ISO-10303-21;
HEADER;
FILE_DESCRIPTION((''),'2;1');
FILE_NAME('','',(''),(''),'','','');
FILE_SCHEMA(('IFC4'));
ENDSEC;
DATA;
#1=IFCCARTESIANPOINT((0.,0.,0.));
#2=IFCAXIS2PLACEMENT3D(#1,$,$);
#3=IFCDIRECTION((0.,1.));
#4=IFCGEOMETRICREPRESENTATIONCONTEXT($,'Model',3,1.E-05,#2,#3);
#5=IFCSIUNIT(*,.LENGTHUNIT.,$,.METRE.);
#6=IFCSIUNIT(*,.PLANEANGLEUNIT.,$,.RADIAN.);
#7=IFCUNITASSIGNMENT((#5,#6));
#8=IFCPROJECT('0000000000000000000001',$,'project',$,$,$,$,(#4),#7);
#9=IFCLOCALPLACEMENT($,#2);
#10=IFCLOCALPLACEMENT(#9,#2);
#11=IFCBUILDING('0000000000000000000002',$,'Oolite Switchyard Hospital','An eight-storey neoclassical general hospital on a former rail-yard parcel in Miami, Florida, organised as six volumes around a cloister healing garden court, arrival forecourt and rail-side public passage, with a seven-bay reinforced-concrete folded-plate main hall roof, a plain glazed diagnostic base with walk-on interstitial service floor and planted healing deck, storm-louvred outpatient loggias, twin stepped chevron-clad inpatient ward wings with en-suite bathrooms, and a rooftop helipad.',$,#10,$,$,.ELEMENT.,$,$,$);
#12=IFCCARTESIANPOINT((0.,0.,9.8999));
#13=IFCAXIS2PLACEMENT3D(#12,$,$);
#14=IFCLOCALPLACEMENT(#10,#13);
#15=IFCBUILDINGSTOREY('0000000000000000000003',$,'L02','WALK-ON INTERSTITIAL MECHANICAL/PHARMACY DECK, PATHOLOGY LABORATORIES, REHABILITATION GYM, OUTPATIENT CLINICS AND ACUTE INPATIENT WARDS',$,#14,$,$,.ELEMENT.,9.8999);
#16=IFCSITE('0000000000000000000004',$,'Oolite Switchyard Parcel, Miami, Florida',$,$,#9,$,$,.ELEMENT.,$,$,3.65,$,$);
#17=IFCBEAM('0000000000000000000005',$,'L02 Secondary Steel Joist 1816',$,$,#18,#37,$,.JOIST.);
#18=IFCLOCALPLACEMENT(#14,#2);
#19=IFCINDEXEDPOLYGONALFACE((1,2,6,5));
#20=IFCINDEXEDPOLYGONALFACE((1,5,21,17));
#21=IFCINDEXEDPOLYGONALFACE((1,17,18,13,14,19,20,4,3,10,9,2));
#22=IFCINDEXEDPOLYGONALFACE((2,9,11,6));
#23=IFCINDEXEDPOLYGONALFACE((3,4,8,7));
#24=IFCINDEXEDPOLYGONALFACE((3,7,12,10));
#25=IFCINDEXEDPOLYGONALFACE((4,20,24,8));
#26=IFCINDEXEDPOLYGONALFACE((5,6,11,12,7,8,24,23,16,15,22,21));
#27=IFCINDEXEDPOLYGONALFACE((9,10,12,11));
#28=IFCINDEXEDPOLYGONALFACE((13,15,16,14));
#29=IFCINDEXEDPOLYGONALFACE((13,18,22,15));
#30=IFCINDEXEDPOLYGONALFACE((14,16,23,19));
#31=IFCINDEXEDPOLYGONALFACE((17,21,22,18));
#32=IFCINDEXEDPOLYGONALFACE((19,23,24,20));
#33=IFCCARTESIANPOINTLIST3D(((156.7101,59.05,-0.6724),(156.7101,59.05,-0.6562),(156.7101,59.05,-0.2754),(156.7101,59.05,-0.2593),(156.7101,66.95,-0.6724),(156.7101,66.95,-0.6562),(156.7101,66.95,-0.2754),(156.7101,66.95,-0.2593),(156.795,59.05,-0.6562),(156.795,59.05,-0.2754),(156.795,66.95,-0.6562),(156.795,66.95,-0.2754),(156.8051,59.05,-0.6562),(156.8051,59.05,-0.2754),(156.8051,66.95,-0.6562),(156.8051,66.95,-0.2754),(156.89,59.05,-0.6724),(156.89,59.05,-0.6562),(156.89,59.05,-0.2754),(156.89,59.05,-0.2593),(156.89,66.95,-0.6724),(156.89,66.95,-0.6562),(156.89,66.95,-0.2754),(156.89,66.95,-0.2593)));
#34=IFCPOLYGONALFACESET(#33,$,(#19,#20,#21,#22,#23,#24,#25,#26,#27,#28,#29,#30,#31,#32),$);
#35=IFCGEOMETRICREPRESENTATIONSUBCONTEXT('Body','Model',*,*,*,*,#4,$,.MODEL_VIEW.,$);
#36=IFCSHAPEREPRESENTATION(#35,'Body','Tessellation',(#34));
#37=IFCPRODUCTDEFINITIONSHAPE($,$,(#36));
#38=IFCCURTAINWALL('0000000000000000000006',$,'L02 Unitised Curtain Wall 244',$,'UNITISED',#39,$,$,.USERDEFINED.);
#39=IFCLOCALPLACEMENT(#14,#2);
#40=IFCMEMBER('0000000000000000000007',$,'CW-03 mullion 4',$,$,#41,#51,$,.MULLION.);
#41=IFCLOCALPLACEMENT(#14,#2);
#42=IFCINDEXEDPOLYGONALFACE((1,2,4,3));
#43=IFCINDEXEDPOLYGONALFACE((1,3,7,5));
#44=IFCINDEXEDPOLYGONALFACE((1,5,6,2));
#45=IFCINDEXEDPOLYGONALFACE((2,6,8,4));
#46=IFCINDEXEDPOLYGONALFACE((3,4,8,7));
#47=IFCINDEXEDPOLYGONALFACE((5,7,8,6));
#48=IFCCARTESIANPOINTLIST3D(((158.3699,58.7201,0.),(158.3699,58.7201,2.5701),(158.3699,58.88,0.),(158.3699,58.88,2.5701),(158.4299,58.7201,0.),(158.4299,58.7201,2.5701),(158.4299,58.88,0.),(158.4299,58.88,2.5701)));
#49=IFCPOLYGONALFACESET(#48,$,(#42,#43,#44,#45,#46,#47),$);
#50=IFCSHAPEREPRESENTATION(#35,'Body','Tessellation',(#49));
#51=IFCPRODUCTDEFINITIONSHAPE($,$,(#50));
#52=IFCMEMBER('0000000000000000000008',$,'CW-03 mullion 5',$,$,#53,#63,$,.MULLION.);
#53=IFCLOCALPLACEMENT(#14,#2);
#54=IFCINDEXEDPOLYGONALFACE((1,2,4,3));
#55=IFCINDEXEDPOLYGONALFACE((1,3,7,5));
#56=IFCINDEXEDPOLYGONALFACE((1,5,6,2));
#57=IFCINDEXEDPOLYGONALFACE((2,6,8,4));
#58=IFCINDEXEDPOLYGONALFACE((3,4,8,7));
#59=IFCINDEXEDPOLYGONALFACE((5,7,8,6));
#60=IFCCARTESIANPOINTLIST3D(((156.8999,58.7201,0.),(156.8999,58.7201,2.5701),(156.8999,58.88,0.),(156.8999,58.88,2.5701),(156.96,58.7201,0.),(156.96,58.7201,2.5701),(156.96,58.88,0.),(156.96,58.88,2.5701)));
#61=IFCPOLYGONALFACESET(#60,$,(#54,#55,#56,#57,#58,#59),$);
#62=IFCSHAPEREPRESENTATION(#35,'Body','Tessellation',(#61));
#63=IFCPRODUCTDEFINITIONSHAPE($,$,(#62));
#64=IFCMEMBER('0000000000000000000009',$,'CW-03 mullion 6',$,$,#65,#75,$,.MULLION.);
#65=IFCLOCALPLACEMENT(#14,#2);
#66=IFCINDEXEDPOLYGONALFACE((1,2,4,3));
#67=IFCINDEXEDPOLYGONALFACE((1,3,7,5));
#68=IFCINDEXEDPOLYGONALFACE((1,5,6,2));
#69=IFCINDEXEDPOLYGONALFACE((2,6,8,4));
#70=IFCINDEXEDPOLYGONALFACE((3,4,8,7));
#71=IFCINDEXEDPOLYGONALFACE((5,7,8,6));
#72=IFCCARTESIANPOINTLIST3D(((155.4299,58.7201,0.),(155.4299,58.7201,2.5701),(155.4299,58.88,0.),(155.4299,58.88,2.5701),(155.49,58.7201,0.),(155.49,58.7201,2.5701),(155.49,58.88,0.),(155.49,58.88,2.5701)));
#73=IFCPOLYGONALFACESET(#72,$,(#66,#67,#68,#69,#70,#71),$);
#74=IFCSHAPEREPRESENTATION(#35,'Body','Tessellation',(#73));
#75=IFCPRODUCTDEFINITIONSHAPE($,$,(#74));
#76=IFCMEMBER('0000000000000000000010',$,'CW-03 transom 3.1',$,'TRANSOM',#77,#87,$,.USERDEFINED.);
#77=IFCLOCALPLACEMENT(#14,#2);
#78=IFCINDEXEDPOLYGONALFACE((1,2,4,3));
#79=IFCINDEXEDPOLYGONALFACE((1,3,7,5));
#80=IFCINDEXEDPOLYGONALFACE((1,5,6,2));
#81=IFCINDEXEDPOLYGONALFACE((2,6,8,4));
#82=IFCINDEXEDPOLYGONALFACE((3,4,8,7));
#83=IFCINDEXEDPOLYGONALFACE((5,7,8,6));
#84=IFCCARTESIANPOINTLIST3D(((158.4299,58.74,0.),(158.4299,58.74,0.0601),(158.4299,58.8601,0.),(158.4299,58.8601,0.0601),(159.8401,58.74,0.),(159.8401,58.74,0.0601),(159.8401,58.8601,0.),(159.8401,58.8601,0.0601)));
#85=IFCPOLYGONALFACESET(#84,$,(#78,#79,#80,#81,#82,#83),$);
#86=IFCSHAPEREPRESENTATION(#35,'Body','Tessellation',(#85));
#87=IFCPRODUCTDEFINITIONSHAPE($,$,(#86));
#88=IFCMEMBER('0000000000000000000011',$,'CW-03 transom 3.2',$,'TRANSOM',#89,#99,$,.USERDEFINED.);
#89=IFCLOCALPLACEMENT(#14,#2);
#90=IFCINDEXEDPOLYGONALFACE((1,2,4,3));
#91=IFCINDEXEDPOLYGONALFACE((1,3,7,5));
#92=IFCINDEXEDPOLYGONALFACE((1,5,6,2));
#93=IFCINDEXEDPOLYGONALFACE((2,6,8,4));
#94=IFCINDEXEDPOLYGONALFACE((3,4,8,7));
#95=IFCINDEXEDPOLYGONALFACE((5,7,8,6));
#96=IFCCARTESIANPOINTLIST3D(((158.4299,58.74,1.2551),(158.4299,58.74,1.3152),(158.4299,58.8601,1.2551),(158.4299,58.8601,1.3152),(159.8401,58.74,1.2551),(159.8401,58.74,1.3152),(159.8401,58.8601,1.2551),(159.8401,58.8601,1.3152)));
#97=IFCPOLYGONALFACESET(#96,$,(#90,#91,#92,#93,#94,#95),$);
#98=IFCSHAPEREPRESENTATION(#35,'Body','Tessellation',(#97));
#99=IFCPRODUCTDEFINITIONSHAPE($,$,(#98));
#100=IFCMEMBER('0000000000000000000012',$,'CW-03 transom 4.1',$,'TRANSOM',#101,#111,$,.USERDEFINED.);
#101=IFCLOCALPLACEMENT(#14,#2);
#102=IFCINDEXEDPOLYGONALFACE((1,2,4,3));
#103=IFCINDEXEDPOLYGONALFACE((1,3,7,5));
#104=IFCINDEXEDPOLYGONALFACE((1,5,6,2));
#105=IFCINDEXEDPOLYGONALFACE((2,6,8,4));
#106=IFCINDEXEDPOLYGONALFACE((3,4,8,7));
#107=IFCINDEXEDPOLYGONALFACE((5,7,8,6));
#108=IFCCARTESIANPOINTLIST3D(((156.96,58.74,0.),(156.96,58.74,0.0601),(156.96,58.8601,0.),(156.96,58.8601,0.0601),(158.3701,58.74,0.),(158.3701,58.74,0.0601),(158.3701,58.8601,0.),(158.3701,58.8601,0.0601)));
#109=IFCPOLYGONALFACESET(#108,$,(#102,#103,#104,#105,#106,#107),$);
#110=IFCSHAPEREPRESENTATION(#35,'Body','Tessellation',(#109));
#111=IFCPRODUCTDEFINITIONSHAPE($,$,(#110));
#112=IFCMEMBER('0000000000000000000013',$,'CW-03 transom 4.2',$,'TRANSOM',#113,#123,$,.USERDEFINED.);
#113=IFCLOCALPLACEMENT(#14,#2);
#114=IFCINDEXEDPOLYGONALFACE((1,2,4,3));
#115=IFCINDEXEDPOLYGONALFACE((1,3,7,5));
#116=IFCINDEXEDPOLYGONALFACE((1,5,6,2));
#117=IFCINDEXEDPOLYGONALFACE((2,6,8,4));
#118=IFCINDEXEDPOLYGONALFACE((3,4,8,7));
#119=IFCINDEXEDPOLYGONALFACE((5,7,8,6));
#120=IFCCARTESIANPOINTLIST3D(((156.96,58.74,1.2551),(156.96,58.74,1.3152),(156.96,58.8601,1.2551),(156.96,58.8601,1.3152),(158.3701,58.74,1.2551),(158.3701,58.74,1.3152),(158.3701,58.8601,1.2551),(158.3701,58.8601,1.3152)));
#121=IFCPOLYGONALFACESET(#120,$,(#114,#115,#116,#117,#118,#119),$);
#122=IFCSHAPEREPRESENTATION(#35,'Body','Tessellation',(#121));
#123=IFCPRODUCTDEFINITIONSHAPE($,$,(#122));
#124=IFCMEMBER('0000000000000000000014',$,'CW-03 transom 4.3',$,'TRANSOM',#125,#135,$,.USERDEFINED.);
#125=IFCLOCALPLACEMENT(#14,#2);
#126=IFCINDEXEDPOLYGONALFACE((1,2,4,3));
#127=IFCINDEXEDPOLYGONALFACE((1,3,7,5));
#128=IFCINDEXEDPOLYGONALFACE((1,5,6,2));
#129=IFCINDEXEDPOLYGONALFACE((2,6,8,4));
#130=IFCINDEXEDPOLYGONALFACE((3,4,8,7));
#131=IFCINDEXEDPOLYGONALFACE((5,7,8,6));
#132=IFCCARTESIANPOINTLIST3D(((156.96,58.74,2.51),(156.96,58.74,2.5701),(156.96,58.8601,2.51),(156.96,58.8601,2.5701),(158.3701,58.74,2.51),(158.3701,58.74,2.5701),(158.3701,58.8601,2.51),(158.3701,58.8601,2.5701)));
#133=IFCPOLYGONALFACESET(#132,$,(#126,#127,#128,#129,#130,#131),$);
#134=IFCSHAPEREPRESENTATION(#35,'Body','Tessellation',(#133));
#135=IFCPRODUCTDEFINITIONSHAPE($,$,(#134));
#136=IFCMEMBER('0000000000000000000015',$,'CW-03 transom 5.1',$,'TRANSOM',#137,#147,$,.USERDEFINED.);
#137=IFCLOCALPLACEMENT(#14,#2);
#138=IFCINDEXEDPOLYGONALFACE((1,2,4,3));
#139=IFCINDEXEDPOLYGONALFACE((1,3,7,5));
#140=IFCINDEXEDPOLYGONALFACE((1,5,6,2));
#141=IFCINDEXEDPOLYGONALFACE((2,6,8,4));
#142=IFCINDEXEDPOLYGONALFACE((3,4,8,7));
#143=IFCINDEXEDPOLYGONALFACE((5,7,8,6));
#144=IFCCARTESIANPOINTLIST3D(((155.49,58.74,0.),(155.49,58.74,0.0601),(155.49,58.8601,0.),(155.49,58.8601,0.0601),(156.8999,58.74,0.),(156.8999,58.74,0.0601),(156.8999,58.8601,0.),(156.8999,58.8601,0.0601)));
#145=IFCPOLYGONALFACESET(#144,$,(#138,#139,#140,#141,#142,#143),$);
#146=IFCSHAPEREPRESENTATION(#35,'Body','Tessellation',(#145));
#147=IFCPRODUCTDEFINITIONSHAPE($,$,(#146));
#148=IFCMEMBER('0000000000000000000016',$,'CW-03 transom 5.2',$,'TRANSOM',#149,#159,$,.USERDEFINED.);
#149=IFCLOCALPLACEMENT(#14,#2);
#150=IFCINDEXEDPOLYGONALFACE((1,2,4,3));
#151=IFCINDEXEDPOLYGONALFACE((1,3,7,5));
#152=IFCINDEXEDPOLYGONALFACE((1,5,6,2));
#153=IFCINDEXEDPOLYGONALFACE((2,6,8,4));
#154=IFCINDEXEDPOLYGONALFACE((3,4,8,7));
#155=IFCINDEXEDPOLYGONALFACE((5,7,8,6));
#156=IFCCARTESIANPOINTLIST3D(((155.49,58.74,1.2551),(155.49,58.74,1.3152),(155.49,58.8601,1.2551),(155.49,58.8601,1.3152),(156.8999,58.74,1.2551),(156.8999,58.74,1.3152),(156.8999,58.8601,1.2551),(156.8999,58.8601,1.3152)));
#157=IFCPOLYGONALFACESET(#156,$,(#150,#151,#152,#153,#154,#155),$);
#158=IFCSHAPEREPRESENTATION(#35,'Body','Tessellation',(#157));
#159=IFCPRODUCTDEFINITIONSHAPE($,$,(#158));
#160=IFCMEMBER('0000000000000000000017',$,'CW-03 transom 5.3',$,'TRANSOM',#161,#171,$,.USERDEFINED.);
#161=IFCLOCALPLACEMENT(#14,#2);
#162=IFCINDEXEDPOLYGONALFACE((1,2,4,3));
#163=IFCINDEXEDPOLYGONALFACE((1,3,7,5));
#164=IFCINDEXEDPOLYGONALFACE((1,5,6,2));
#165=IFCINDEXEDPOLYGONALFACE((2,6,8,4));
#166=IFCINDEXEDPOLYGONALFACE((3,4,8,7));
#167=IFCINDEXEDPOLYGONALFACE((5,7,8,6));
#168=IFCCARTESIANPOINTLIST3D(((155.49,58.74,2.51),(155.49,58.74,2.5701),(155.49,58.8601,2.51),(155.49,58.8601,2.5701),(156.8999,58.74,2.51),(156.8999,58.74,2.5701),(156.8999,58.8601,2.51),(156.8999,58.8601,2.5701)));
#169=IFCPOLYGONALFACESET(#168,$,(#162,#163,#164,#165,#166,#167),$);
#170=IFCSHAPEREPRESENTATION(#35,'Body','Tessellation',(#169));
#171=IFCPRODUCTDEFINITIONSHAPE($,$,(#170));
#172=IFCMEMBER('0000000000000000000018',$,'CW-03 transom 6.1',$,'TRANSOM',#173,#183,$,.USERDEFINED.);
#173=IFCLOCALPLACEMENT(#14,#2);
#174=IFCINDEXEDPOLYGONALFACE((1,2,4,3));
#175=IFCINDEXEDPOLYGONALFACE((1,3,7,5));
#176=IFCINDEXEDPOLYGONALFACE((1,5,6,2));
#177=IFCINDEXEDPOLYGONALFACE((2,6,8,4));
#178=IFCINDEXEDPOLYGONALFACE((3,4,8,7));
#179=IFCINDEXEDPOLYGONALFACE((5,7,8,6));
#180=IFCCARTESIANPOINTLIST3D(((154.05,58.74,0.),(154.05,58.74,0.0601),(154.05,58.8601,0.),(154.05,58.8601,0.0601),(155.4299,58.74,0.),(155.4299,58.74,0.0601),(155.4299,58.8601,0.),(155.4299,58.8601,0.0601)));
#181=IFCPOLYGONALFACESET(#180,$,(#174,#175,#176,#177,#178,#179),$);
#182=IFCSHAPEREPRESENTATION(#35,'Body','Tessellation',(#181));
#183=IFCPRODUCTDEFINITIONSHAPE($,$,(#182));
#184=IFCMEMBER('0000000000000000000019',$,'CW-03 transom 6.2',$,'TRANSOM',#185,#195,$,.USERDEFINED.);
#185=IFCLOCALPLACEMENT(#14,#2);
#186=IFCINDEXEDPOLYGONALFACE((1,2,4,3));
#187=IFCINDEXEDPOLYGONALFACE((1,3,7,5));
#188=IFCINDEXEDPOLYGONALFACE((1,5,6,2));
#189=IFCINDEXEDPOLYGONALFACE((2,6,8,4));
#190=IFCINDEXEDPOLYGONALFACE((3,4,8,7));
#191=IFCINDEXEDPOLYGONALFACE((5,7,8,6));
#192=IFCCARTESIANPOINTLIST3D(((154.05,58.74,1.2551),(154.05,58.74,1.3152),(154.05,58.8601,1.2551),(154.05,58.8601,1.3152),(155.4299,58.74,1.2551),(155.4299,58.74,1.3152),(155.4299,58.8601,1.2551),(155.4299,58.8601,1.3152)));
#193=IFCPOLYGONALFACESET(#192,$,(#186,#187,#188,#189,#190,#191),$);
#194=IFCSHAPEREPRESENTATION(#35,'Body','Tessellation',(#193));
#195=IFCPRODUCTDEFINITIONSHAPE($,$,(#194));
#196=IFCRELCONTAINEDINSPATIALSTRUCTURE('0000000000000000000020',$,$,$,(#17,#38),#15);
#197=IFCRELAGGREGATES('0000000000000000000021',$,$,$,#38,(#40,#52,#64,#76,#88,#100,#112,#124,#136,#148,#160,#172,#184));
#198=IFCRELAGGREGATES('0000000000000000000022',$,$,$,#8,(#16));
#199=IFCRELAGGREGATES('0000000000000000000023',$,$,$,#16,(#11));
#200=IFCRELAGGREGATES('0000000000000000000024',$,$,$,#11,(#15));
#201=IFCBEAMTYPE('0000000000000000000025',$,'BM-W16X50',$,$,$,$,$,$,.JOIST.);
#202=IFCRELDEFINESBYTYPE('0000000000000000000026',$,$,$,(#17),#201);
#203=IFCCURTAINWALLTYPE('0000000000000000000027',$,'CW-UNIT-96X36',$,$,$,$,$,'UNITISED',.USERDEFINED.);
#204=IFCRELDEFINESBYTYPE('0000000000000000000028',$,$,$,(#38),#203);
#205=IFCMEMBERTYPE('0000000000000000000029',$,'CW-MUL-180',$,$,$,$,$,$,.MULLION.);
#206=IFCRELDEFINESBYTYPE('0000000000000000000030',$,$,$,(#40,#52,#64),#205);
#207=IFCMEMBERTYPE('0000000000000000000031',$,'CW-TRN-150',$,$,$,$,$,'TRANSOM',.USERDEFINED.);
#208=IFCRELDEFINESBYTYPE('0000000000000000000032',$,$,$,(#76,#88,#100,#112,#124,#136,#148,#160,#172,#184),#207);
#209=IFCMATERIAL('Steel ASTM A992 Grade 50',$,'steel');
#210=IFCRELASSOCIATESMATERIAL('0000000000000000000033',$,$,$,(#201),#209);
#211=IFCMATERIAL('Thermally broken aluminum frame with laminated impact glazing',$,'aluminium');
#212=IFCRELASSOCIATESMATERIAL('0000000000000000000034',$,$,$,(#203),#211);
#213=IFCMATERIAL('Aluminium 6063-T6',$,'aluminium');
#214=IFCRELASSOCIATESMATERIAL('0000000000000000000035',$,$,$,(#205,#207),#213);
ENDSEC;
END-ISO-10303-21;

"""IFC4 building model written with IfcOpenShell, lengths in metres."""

from ifc_helpers import new_model, si_unit, direction, frame, origin, origin_2d, place, context, subcontext, project, spatial, rectangle, i_section, extrude, material, material_profile, profile_set, type_object, element, aggregate, save


model = new_model("IFC4")

# Units and contexts
model_context = context("Model", 3, precision=1e-05, world=origin(), true_north=direction((0.0, 1.0)))
body_context = subcontext(model_context, "Body", "Model", "MODEL_VIEW")
ifc_project = project(units=[si_unit("LENGTHUNIT", "METRE"), si_unit("PLANEANGLEUNIT", "RADIAN")], contexts=[model_context])

# Site, building, storey
site_placement = place(None, origin())
site = spatial("IfcSite", under=ifc_project, at=site_placement, Name="Oolite Switchyard Parcel, Miami, Florida", CompositionType="ELEMENT", RefElevation=3.65)
building_placement = place(site_placement, origin())
building = spatial("IfcBuilding", under=site, at=building_placement, Name="Oolite Switchyard Hospital", Description="An eight-storey neoclassical general hospital on a former rail-yard parcel in Miami, Florida, organised as six volumes around a cloister healing garden court, arrival forecourt and rail-side public passage, with a seven-bay reinforced-concrete folded-plate main hall roof, a plain glazed diagnostic base with walk-on interstitial service floor and planted healing deck, storm-louvred outpatient loggias, twin stepped chevron-clad inpatient ward wings with en-suite bathrooms, and a rooftop helipad.", CompositionType="ELEMENT")
storey_placement = place(building_placement, frame((0.0, 0.0, 9.8999)))
storey = spatial("IfcBuildingStorey", under=building, at=storey_placement, Name="L02", Description="WALK-ON INTERSTITIAL MECHANICAL/PHARMACY DECK, PATHOLOGY LABORATORIES, REHABILITATION GYM, OUTPATIENT CLINICS AND ACUTE INPATIENT WARDS", CompositionType="ELEMENT", Elevation=9.8999)

# Beam
ifc_material_1 = material(Name="Steel ASTM A992 Grade 50", Category="steel")
ifc_material_profile_1 = material_profile(ifc_material_1, i_section(OverallWidth=0.1799, OverallDepth=0.4131, WebThickness=0.01, FlangeThickness=0.0161, at=origin_2d()), Name="W16X50")
ifc_profile_set_1 = profile_set([ifc_material_profile_1], Name="Steel ASTM A992 Grade 50")
beam_type = type_object("IfcBeamType", Name="BM-W16X50", PredefinedType="JOIST", material=ifc_profile_set_1)
beam_placement = place(storey_placement, frame((156.8, 59.05, -0.4658), z_axis=(0.0, 1.0, 0.0), x_axis=(-1.0, 0.0, 0.0)))
element("IfcBeam", 1, at=beam_placement, inside=storey, type_object=beam_type, Name="L02 Secondary Steel Joist 1816", PredefinedType="JOIST", context=body_context, shape_type="SweptSolid", body=[
    extrude(i_section(OverallWidth=0.1799, OverallDepth=0.4131, WebThickness=0.01, FlangeThickness=0.0161, at=origin_2d()), origin(), (0.0, 0.0, 1.0), 7.8999),
])

# Curtain wall, members
ifc_material_2 = material(Name="Thermally broken aluminum frame with laminated impact glazing", Category="aluminium")
curtain_wall_type = type_object("IfcCurtainWallType", Name="CW-UNIT-96X36", ElementType="UNITISED", PredefinedType="USERDEFINED", material=ifc_material_2)
curtain_wall_placement = place(storey_placement, origin())
curtain_wall = element("IfcCurtainWall", 2, at=curtain_wall_placement, inside=storey, type_object=curtain_wall_type, Name="L02 Unitised Curtain Wall 244", ObjectType="UNITISED", PredefinedType="USERDEFINED")
ifc_material_3 = material(Name="Aluminium 6063-T6", Category="aluminium")
ifc_material_profile_2 = material_profile(ifc_material_3, rectangle(XDim=0.1599, YDim=0.0601, at=origin_2d()), Name="CWM60X160")
ifc_profile_set_2 = profile_set([ifc_material_profile_2], Name="Aluminium 6063-T6")
member_type_1 = type_object("IfcMemberType", Name="CW-MUL-180", PredefinedType="MULLION", material=ifc_profile_set_2)
member_1_placement = place(storey_placement, frame((158.3999, 58.8, 0.0), z_axis=(0.0, 0.0, 1.0), x_axis=(0.0, -1.0, 0.0)))
member_1 = element("IfcMember", 3, at=member_1_placement, type_object=member_type_1, Name="CW-03 mullion 4", PredefinedType="MULLION", context=body_context, shape_type="SweptSolid", body=[
    extrude(rectangle(XDim=0.1599, YDim=0.0601, at=origin_2d()), origin(), (0.0, 0.0, 1.0), 2.5701),
])
member_2_placement = place(storey_placement, frame((156.9299, 58.8, 0.0), z_axis=(0.0, 0.0, 1.0), x_axis=(0.0, -1.0, 0.0)))
member_2 = element("IfcMember", 4, at=member_2_placement, type_object=member_type_1, Name="CW-03 mullion 5", PredefinedType="MULLION", context=body_context, shape_type="SweptSolid", body=[
    extrude(rectangle(XDim=0.1599, YDim=0.0601, at=origin_2d()), origin(), (0.0, 0.0, 1.0), 2.5701),
])
member_3_placement = place(storey_placement, frame((155.46, 58.8, 0.0), z_axis=(0.0, 0.0, 1.0), x_axis=(0.0, -1.0, 0.0)))
member_3 = element("IfcMember", 5, at=member_3_placement, type_object=member_type_1, Name="CW-03 mullion 6", PredefinedType="MULLION", context=body_context, shape_type="SweptSolid", body=[
    extrude(rectangle(XDim=0.1599, YDim=0.0601, at=origin_2d()), origin(), (0.0, 0.0, 1.0), 2.5701),
])
ifc_material_profile_3 = material_profile(ifc_material_3, rectangle(XDim=0.1201, YDim=0.0601, at=origin_2d()), Name="CWT60X120")
ifc_profile_set_3 = profile_set([ifc_material_profile_3], Name="Aluminium 6063-T6")
member_type_2 = type_object("IfcMemberType", Name="CW-TRN-150", ElementType="TRANSOM", PredefinedType="USERDEFINED", material=ifc_profile_set_3)
member_4_placement = place(storey_placement, frame((159.8401, 58.8, 0.03), z_axis=(-1.0, 0.0, 0.0), x_axis=(0.0, -1.0, 0.0)))
member_4 = element("IfcMember", 6, at=member_4_placement, type_object=member_type_2, Name="CW-03 transom 3.1", ObjectType="TRANSOM", PredefinedType="USERDEFINED", context=body_context, shape_type="SweptSolid", body=[
    extrude(rectangle(XDim=0.1201, YDim=0.0601, at=origin_2d()), origin(), (0.0, 0.0, 1.0), 1.4102),
])
member_5_placement = place(storey_placement, frame((159.8401, 58.8, 1.2852), z_axis=(-1.0, 0.0, 0.0), x_axis=(0.0, -1.0, 0.0)))
member_5 = element("IfcMember", 7, at=member_5_placement, type_object=member_type_2, Name="CW-03 transom 3.2", ObjectType="TRANSOM", PredefinedType="USERDEFINED", context=body_context, shape_type="SweptSolid", body=[
    extrude(rectangle(XDim=0.1201, YDim=0.0601, at=origin_2d()), origin(), (0.0, 0.0, 1.0), 1.4102),
])
member_6_placement = place(storey_placement, frame((158.3701, 58.8, 0.03), z_axis=(-1.0, 0.0, 0.0), x_axis=(0.0, -1.0, 0.0)))
member_6 = element("IfcMember", 8, at=member_6_placement, type_object=member_type_2, Name="CW-03 transom 4.1", ObjectType="TRANSOM", PredefinedType="USERDEFINED", context=body_context, shape_type="SweptSolid", body=[
    extrude(rectangle(XDim=0.1201, YDim=0.0601, at=origin_2d()), origin(), (0.0, 0.0, 1.0), 1.4102),
])
member_7_placement = place(storey_placement, frame((158.3701, 58.8, 1.2852), z_axis=(-1.0, 0.0, 0.0), x_axis=(0.0, -1.0, 0.0)))
member_7 = element("IfcMember", 9, at=member_7_placement, type_object=member_type_2, Name="CW-03 transom 4.2", ObjectType="TRANSOM", PredefinedType="USERDEFINED", context=body_context, shape_type="SweptSolid", body=[
    extrude(rectangle(XDim=0.1201, YDim=0.0601, at=origin_2d()), origin(), (0.0, 0.0, 1.0), 1.4102),
])
member_8_placement = place(storey_placement, frame((158.3701, 58.8, 2.54), z_axis=(-1.0, 0.0, 0.0), x_axis=(0.0, -1.0, 0.0)))
member_8 = element("IfcMember", 10, at=member_8_placement, type_object=member_type_2, Name="CW-03 transom 4.3", ObjectType="TRANSOM", PredefinedType="USERDEFINED", context=body_context, shape_type="SweptSolid", body=[
    extrude(rectangle(XDim=0.1201, YDim=0.0601, at=origin_2d()), origin(), (0.0, 0.0, 1.0), 1.4102),
])
member_9_placement = place(storey_placement, frame((156.8999, 58.8, 0.03), z_axis=(-1.0, 0.0, 0.0), x_axis=(0.0, -1.0, 0.0)))
member_9 = element("IfcMember", 11, at=member_9_placement, type_object=member_type_2, Name="CW-03 transom 5.1", ObjectType="TRANSOM", PredefinedType="USERDEFINED", context=body_context, shape_type="SweptSolid", body=[
    extrude(rectangle(XDim=0.1201, YDim=0.0601, at=origin_2d()), origin(), (0.0, 0.0, 1.0), 1.4099),
])
member_10_placement = place(storey_placement, frame((156.8999, 58.8, 1.2852), z_axis=(-1.0, 0.0, 0.0), x_axis=(0.0, -1.0, 0.0)))
member_10 = element("IfcMember", 12, at=member_10_placement, type_object=member_type_2, Name="CW-03 transom 5.2", ObjectType="TRANSOM", PredefinedType="USERDEFINED", context=body_context, shape_type="SweptSolid", body=[
    extrude(rectangle(XDim=0.1201, YDim=0.0601, at=origin_2d()), origin(), (0.0, 0.0, 1.0), 1.4099),
])
member_11_placement = place(storey_placement, frame((156.8999, 58.8, 2.54), z_axis=(-1.0, 0.0, 0.0), x_axis=(0.0, -1.0, 0.0)))
member_11 = element("IfcMember", 13, at=member_11_placement, type_object=member_type_2, Name="CW-03 transom 5.3", ObjectType="TRANSOM", PredefinedType="USERDEFINED", context=body_context, shape_type="SweptSolid", body=[
    extrude(rectangle(XDim=0.1201, YDim=0.0601, at=origin_2d()), origin(), (0.0, 0.0, 1.0), 1.4099),
])
member_12_placement = place(storey_placement, frame((155.4299, 58.8, 0.03), z_axis=(-1.0, 0.0, 0.0), x_axis=(0.0, -1.0, 0.0)))
member_12 = element("IfcMember", 14, at=member_12_placement, type_object=member_type_2, Name="CW-03 transom 6.1", ObjectType="TRANSOM", PredefinedType="USERDEFINED", context=body_context, shape_type="SweptSolid", body=[
    extrude(rectangle(XDim=0.1201, YDim=0.0601, at=origin_2d()), origin(), (0.0, 0.0, 1.0), 1.3799),
])
member_13_placement = place(storey_placement, frame((155.4299, 58.8, 1.2852), z_axis=(-1.0, 0.0, 0.0), x_axis=(0.0, -1.0, 0.0)))
member_13 = element("IfcMember", 15, at=member_13_placement, type_object=member_type_2, Name="CW-03 transom 6.2", ObjectType="TRANSOM", PredefinedType="USERDEFINED", context=body_context, shape_type="SweptSolid", body=[
    extrude(rectangle(XDim=0.1201, YDim=0.0601, at=origin_2d()), origin(), (0.0, 0.0, 1.0), 1.3799),
])
aggregate(curtain_wall, [member_1, member_2, member_3, member_4, member_5, member_6, member_7, member_8, member_9, member_10, member_11, member_12, member_13])

save(model, "model.ifc")
